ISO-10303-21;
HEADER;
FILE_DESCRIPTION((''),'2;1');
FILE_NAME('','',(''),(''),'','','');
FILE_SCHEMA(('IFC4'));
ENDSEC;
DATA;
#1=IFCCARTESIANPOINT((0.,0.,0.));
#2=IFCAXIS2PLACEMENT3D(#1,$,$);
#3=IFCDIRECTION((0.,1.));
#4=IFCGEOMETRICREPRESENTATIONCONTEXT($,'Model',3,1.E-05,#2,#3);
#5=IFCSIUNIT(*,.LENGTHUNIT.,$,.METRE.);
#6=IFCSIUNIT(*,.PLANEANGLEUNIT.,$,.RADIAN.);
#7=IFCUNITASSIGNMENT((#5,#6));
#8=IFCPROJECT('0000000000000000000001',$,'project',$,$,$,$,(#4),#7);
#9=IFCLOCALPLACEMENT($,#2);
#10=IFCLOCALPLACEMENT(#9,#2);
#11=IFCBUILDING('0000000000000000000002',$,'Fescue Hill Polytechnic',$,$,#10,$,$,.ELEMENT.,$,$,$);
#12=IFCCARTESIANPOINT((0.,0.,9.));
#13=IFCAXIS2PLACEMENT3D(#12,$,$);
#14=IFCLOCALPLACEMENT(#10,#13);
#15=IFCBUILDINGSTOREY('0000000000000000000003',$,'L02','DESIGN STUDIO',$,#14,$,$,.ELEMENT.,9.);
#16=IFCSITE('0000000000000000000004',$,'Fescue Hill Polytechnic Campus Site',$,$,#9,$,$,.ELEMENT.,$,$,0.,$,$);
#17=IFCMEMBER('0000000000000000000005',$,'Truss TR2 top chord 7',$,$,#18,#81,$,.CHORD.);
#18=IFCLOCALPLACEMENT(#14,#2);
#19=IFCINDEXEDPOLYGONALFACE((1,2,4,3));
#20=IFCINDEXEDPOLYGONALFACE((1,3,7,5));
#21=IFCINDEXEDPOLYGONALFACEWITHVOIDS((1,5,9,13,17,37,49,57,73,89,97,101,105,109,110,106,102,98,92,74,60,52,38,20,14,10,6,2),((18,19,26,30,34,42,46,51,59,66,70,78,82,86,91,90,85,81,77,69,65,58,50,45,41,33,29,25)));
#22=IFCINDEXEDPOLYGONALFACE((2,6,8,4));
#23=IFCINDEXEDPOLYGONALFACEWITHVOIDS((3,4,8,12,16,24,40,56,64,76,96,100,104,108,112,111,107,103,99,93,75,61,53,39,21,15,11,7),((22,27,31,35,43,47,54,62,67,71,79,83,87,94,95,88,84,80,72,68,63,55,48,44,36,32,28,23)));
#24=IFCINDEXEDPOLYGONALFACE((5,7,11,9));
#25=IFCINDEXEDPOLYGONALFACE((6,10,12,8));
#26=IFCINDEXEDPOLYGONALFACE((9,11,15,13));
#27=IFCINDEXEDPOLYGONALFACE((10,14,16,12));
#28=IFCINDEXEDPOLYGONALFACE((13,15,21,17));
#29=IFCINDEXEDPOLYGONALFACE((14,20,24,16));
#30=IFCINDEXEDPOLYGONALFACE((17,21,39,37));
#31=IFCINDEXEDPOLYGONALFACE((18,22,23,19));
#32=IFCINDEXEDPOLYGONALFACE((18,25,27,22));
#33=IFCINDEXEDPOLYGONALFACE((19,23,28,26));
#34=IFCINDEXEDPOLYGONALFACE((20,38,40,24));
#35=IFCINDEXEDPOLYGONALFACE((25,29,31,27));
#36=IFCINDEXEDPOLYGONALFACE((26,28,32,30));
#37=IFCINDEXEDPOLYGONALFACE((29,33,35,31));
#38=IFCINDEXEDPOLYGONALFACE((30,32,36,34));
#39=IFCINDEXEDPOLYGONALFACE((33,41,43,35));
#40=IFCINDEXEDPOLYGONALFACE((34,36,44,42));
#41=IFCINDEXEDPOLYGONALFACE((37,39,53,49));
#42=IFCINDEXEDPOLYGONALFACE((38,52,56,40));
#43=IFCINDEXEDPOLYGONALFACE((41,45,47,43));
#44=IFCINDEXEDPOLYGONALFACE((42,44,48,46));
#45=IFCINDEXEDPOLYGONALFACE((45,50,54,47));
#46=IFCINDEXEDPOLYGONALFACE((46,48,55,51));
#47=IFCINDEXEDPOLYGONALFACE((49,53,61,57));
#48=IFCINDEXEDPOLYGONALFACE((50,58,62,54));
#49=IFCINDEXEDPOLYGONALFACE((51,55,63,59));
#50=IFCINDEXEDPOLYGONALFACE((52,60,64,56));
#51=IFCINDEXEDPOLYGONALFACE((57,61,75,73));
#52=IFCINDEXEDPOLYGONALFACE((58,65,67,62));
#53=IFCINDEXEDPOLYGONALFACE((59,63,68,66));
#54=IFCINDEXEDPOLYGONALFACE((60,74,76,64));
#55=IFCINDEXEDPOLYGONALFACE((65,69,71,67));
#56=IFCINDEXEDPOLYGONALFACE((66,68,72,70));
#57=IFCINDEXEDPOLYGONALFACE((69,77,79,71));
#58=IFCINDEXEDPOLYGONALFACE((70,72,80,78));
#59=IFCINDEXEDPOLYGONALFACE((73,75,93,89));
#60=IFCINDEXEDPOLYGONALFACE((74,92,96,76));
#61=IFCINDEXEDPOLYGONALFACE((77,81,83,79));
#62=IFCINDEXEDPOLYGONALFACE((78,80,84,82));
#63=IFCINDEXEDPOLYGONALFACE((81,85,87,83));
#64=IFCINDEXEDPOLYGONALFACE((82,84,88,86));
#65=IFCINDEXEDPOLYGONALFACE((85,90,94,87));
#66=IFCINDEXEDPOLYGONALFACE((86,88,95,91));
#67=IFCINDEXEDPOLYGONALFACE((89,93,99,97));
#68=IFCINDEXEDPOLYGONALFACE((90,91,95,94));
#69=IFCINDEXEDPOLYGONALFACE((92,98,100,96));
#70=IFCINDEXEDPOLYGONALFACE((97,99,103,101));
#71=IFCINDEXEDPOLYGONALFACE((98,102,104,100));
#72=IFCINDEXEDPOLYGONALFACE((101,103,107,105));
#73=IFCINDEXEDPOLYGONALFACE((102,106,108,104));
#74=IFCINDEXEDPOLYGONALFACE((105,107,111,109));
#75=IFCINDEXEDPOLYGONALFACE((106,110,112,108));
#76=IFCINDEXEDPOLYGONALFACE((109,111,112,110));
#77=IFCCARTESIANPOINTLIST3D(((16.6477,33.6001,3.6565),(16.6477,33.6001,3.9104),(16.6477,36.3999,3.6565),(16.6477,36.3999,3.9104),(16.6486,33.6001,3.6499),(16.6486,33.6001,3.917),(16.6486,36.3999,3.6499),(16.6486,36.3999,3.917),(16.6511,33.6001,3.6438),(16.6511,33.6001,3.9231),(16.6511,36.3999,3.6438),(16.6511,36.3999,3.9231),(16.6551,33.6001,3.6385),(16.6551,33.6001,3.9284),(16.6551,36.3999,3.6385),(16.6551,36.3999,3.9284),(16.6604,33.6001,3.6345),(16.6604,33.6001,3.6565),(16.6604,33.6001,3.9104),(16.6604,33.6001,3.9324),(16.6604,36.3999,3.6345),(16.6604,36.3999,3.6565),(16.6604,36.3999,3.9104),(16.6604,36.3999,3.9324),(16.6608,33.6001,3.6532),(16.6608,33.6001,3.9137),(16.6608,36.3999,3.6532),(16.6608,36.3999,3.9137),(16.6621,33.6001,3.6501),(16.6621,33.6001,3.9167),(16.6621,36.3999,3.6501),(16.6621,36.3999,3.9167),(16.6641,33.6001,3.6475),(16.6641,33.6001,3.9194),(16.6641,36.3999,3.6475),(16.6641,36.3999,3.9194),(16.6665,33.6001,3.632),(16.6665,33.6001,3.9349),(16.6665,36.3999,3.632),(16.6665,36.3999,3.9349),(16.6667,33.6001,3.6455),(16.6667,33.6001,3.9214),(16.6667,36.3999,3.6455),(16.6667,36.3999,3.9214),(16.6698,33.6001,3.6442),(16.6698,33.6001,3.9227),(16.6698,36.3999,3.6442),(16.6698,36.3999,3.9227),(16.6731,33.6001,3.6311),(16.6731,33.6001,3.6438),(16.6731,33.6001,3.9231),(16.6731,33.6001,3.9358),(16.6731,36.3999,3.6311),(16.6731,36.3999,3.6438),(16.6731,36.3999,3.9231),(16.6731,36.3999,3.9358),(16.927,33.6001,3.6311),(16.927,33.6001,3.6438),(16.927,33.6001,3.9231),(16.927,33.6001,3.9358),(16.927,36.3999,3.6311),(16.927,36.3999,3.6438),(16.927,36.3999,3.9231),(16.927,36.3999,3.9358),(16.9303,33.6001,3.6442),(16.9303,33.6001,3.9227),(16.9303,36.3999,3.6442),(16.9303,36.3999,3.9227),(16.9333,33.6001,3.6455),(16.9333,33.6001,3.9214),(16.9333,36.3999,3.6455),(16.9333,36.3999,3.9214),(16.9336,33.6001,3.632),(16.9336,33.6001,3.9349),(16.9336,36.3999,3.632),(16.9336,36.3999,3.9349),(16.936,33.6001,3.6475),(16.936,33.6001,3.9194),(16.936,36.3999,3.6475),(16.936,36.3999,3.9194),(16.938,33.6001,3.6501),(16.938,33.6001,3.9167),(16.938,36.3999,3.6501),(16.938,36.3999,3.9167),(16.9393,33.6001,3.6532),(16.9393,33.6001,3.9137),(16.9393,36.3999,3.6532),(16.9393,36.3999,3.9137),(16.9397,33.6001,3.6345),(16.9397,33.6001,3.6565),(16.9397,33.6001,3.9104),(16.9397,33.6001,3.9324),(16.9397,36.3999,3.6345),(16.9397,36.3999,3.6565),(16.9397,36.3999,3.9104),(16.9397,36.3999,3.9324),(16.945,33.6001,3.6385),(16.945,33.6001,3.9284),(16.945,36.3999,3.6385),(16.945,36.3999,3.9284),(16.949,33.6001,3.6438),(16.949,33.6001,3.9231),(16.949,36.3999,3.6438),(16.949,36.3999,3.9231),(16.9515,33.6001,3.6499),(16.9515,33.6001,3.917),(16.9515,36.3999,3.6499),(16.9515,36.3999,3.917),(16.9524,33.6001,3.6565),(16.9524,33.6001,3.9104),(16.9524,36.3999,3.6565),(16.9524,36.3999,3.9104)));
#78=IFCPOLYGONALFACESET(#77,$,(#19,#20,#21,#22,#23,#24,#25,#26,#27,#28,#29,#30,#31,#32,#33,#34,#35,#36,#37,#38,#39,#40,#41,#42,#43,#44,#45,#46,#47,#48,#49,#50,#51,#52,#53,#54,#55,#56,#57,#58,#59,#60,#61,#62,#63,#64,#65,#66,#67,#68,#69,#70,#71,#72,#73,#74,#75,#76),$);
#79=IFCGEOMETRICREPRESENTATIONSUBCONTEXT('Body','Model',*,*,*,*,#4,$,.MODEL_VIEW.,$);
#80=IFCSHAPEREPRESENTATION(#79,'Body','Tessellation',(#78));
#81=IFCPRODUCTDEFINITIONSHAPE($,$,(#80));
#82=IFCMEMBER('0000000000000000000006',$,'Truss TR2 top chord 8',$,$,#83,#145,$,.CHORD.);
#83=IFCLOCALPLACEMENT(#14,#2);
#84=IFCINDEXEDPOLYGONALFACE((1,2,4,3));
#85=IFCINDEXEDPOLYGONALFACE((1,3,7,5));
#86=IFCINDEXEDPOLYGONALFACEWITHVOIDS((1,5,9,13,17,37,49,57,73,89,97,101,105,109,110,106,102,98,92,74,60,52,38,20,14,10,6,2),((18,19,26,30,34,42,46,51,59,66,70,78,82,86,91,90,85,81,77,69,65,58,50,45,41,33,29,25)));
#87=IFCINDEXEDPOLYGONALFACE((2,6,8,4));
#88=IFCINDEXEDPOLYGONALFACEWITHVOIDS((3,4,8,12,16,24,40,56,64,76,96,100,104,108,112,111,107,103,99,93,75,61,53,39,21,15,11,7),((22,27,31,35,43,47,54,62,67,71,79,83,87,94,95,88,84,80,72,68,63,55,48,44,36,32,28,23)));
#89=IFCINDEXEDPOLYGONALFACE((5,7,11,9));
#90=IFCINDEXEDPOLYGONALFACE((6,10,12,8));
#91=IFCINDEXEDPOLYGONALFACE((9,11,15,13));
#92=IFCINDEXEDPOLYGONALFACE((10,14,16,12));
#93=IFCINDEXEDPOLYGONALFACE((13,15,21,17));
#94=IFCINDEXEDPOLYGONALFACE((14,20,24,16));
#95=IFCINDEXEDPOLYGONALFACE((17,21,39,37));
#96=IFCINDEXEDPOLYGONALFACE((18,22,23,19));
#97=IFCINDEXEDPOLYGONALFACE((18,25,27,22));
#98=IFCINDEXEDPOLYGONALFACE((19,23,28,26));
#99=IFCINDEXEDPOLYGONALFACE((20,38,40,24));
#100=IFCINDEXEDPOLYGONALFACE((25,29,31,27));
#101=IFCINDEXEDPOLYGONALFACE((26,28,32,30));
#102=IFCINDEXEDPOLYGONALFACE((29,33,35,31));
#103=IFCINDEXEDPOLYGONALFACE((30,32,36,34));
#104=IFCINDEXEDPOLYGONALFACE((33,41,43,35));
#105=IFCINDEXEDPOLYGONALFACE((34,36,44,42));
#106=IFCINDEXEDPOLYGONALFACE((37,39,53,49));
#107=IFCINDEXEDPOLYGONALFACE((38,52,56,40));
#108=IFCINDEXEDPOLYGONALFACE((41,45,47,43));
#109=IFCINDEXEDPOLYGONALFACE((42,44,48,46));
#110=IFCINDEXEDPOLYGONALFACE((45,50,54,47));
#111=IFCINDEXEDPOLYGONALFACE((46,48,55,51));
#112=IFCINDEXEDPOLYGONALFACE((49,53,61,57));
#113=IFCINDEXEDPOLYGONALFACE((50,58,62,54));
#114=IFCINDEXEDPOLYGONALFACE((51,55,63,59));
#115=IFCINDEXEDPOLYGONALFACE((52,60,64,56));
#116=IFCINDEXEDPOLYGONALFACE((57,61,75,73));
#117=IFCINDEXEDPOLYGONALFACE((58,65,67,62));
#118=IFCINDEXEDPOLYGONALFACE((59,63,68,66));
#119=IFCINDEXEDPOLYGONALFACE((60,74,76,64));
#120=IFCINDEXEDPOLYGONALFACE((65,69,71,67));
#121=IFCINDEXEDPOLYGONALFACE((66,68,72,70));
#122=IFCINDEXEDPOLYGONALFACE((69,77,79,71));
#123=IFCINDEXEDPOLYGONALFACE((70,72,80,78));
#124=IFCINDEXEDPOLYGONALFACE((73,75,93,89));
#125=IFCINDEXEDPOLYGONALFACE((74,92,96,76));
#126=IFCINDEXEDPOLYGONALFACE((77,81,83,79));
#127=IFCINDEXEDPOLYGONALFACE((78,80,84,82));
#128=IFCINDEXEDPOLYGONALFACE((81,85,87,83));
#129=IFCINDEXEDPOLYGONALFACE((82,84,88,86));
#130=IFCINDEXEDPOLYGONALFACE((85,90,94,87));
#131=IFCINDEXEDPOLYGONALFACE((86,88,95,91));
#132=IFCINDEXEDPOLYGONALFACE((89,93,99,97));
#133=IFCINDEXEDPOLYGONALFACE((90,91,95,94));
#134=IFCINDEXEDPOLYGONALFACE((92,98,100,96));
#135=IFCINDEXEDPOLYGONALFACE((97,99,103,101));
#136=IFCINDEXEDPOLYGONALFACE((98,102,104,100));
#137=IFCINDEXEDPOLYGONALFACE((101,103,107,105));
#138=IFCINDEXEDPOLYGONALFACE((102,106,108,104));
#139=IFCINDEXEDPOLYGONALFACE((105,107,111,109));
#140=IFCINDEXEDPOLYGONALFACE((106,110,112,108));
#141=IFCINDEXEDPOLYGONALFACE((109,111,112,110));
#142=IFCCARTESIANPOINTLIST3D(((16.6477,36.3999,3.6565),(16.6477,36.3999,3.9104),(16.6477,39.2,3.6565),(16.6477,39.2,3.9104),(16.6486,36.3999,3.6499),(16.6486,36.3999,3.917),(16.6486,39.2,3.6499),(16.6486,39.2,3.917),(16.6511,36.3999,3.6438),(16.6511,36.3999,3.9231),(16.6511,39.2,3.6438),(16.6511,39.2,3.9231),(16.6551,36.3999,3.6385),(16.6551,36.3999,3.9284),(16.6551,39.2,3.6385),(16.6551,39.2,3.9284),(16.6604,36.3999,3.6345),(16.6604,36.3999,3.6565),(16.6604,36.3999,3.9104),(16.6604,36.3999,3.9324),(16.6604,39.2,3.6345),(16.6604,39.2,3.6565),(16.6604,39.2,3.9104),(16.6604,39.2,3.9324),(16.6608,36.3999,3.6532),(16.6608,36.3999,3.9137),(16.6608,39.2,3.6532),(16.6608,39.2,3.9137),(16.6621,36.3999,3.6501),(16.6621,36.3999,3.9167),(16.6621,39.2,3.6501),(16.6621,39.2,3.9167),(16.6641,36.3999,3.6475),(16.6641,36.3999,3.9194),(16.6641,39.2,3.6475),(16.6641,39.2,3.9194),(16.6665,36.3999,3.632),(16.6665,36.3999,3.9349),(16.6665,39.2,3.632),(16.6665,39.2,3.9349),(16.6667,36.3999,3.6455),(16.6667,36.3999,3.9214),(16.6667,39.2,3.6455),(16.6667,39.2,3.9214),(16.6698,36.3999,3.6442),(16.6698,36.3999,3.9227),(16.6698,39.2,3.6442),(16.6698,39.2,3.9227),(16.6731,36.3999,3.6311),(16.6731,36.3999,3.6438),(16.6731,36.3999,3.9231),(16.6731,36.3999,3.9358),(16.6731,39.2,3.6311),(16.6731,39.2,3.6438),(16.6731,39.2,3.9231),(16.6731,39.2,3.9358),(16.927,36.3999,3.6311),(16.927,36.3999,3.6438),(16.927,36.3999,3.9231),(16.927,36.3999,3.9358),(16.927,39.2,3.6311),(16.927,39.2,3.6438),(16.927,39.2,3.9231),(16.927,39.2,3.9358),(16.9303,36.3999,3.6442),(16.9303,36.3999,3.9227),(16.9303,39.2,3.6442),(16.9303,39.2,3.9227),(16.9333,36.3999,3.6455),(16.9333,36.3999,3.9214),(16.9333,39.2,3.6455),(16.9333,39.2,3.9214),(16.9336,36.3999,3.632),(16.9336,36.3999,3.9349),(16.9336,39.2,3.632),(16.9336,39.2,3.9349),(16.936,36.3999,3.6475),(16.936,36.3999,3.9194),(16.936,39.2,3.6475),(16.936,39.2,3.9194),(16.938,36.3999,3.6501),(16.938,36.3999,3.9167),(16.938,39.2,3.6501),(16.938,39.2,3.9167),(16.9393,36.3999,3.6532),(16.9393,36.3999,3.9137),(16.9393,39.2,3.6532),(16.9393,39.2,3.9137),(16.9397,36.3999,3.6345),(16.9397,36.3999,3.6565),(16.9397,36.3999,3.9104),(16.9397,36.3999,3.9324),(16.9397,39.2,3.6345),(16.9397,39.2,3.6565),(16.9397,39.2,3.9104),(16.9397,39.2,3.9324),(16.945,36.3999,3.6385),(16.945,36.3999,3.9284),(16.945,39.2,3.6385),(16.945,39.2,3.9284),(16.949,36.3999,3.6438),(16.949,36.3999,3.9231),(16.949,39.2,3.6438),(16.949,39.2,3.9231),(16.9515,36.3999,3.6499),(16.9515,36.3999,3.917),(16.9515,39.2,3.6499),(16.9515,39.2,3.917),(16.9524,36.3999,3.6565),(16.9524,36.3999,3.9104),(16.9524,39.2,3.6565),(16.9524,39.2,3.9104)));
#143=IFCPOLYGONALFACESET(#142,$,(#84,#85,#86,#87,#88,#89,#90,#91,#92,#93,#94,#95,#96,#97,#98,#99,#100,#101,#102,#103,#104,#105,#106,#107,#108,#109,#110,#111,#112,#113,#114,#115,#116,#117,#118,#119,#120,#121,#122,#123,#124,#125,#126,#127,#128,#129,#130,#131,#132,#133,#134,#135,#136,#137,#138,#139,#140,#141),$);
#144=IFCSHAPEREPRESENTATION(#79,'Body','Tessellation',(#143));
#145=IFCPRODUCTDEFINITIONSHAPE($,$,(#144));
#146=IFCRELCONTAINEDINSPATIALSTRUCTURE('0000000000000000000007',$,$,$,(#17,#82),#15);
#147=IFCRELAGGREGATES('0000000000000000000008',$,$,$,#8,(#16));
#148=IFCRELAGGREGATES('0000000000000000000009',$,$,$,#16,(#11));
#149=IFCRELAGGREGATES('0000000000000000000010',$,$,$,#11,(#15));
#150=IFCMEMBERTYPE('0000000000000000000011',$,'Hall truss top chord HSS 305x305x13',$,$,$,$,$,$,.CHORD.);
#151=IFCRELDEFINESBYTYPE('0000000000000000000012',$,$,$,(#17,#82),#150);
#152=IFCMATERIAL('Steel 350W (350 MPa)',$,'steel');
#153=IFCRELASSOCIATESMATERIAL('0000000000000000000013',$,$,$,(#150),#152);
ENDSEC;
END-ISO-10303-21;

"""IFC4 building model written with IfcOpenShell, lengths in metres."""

from ifc_helpers import new_model, si_unit, direction, frame, origin, origin_2d, place, context, subcontext, project, spatial, hollow_rectangle, extrude, material, material_profile, profile_set, type_object, element, save


model = new_model("IFC4")

# Units and contexts
model_context = context("Model", 3, precision=1e-05, world=origin(), true_north=direction((0.0, 1.0)))
body_context = subcontext(model_context, "Body", "Model", "MODEL_VIEW")
ifc_project = project(units=[si_unit("LENGTHUNIT", "METRE"), si_unit("PLANEANGLEUNIT", "RADIAN")], contexts=[model_context])

# Site, building, storey
site_placement = place(None, origin())
site = spatial("IfcSite", under=ifc_project, at=site_placement, Name="Fescue Hill Polytechnic Campus Site", CompositionType="ELEMENT", RefElevation=0.0)
building_placement = place(site_placement, origin())
building = spatial("IfcBuilding", under=site, at=building_placement, Name="Fescue Hill Polytechnic", CompositionType="ELEMENT")
storey_placement = place(building_placement, frame((0.0, 0.0, 9.0)))
storey = spatial("IfcBuildingStorey", under=building, at=storey_placement, Name="L02", Description="DESIGN STUDIO", CompositionType="ELEMENT", Elevation=9.0)

# Members
ifc_material = material(Name="Steel 350W (350 MPa)", Category="steel")
ifc_material_profile_1 = material_profile(ifc_material, hollow_rectangle(XDim=0.3047, YDim=0.3047, WallThickness=0.0127, InnerFilletRadius=0.0127, OuterFilletRadius=0.0254, at=origin_2d()), Name="Hall truss top chord HSS 305x305x13")
ifc_profile_set_1 = profile_set([ifc_material_profile_1], Name="Steel 350W (350 MPa)")
member_type_1 = type_object("IfcMemberType", Name="Hall truss top chord HSS 305x305x13", PredefinedType="CHORD", material=ifc_profile_set_1)
member_1_placement = place(storey_placement, frame((16.8, 33.6001, 3.7834), z_axis=(0.0, 1.0, 0.0), x_axis=(-1.0, 0.0, 0.0)))
element("IfcMember", 1, at=member_1_placement, inside=storey, type_object=member_type_1, Name="Truss TR2 top chord 7", PredefinedType="CHORD", context=body_context, shape_type="SweptSolid", body=[
    extrude(hollow_rectangle(XDim=0.3047, YDim=0.3047, WallThickness=0.0127, InnerFilletRadius=0.0127, OuterFilletRadius=0.0254, at=origin_2d()), origin(), (0.0, 0.0, 1.0), 2.7998),
])
for number, where, z_axis, x_axis, name in (
    (2, (16.8, 36.3999, 3.7834), (0.0, 1.0, 0.0), (-1.0, 0.0, 0.0), "Truss TR2 top chord 8"),
):
    element("IfcMember", number, at=place(storey_placement, frame(where, z_axis=z_axis, x_axis=x_axis)), inside=storey, type_object=member_type_1, Name=name, PredefinedType="CHORD", context=body_context, shape_type="SweptSolid", body=[
        extrude(hollow_rectangle(XDim=0.3047, YDim=0.3047, WallThickness=0.0127, InnerFilletRadius=0.0127, OuterFilletRadius=0.0254, at=origin_2d()), origin(), (0.0, 0.0, 1.0), 2.8),
    ])

save(model, "model.ifc")
